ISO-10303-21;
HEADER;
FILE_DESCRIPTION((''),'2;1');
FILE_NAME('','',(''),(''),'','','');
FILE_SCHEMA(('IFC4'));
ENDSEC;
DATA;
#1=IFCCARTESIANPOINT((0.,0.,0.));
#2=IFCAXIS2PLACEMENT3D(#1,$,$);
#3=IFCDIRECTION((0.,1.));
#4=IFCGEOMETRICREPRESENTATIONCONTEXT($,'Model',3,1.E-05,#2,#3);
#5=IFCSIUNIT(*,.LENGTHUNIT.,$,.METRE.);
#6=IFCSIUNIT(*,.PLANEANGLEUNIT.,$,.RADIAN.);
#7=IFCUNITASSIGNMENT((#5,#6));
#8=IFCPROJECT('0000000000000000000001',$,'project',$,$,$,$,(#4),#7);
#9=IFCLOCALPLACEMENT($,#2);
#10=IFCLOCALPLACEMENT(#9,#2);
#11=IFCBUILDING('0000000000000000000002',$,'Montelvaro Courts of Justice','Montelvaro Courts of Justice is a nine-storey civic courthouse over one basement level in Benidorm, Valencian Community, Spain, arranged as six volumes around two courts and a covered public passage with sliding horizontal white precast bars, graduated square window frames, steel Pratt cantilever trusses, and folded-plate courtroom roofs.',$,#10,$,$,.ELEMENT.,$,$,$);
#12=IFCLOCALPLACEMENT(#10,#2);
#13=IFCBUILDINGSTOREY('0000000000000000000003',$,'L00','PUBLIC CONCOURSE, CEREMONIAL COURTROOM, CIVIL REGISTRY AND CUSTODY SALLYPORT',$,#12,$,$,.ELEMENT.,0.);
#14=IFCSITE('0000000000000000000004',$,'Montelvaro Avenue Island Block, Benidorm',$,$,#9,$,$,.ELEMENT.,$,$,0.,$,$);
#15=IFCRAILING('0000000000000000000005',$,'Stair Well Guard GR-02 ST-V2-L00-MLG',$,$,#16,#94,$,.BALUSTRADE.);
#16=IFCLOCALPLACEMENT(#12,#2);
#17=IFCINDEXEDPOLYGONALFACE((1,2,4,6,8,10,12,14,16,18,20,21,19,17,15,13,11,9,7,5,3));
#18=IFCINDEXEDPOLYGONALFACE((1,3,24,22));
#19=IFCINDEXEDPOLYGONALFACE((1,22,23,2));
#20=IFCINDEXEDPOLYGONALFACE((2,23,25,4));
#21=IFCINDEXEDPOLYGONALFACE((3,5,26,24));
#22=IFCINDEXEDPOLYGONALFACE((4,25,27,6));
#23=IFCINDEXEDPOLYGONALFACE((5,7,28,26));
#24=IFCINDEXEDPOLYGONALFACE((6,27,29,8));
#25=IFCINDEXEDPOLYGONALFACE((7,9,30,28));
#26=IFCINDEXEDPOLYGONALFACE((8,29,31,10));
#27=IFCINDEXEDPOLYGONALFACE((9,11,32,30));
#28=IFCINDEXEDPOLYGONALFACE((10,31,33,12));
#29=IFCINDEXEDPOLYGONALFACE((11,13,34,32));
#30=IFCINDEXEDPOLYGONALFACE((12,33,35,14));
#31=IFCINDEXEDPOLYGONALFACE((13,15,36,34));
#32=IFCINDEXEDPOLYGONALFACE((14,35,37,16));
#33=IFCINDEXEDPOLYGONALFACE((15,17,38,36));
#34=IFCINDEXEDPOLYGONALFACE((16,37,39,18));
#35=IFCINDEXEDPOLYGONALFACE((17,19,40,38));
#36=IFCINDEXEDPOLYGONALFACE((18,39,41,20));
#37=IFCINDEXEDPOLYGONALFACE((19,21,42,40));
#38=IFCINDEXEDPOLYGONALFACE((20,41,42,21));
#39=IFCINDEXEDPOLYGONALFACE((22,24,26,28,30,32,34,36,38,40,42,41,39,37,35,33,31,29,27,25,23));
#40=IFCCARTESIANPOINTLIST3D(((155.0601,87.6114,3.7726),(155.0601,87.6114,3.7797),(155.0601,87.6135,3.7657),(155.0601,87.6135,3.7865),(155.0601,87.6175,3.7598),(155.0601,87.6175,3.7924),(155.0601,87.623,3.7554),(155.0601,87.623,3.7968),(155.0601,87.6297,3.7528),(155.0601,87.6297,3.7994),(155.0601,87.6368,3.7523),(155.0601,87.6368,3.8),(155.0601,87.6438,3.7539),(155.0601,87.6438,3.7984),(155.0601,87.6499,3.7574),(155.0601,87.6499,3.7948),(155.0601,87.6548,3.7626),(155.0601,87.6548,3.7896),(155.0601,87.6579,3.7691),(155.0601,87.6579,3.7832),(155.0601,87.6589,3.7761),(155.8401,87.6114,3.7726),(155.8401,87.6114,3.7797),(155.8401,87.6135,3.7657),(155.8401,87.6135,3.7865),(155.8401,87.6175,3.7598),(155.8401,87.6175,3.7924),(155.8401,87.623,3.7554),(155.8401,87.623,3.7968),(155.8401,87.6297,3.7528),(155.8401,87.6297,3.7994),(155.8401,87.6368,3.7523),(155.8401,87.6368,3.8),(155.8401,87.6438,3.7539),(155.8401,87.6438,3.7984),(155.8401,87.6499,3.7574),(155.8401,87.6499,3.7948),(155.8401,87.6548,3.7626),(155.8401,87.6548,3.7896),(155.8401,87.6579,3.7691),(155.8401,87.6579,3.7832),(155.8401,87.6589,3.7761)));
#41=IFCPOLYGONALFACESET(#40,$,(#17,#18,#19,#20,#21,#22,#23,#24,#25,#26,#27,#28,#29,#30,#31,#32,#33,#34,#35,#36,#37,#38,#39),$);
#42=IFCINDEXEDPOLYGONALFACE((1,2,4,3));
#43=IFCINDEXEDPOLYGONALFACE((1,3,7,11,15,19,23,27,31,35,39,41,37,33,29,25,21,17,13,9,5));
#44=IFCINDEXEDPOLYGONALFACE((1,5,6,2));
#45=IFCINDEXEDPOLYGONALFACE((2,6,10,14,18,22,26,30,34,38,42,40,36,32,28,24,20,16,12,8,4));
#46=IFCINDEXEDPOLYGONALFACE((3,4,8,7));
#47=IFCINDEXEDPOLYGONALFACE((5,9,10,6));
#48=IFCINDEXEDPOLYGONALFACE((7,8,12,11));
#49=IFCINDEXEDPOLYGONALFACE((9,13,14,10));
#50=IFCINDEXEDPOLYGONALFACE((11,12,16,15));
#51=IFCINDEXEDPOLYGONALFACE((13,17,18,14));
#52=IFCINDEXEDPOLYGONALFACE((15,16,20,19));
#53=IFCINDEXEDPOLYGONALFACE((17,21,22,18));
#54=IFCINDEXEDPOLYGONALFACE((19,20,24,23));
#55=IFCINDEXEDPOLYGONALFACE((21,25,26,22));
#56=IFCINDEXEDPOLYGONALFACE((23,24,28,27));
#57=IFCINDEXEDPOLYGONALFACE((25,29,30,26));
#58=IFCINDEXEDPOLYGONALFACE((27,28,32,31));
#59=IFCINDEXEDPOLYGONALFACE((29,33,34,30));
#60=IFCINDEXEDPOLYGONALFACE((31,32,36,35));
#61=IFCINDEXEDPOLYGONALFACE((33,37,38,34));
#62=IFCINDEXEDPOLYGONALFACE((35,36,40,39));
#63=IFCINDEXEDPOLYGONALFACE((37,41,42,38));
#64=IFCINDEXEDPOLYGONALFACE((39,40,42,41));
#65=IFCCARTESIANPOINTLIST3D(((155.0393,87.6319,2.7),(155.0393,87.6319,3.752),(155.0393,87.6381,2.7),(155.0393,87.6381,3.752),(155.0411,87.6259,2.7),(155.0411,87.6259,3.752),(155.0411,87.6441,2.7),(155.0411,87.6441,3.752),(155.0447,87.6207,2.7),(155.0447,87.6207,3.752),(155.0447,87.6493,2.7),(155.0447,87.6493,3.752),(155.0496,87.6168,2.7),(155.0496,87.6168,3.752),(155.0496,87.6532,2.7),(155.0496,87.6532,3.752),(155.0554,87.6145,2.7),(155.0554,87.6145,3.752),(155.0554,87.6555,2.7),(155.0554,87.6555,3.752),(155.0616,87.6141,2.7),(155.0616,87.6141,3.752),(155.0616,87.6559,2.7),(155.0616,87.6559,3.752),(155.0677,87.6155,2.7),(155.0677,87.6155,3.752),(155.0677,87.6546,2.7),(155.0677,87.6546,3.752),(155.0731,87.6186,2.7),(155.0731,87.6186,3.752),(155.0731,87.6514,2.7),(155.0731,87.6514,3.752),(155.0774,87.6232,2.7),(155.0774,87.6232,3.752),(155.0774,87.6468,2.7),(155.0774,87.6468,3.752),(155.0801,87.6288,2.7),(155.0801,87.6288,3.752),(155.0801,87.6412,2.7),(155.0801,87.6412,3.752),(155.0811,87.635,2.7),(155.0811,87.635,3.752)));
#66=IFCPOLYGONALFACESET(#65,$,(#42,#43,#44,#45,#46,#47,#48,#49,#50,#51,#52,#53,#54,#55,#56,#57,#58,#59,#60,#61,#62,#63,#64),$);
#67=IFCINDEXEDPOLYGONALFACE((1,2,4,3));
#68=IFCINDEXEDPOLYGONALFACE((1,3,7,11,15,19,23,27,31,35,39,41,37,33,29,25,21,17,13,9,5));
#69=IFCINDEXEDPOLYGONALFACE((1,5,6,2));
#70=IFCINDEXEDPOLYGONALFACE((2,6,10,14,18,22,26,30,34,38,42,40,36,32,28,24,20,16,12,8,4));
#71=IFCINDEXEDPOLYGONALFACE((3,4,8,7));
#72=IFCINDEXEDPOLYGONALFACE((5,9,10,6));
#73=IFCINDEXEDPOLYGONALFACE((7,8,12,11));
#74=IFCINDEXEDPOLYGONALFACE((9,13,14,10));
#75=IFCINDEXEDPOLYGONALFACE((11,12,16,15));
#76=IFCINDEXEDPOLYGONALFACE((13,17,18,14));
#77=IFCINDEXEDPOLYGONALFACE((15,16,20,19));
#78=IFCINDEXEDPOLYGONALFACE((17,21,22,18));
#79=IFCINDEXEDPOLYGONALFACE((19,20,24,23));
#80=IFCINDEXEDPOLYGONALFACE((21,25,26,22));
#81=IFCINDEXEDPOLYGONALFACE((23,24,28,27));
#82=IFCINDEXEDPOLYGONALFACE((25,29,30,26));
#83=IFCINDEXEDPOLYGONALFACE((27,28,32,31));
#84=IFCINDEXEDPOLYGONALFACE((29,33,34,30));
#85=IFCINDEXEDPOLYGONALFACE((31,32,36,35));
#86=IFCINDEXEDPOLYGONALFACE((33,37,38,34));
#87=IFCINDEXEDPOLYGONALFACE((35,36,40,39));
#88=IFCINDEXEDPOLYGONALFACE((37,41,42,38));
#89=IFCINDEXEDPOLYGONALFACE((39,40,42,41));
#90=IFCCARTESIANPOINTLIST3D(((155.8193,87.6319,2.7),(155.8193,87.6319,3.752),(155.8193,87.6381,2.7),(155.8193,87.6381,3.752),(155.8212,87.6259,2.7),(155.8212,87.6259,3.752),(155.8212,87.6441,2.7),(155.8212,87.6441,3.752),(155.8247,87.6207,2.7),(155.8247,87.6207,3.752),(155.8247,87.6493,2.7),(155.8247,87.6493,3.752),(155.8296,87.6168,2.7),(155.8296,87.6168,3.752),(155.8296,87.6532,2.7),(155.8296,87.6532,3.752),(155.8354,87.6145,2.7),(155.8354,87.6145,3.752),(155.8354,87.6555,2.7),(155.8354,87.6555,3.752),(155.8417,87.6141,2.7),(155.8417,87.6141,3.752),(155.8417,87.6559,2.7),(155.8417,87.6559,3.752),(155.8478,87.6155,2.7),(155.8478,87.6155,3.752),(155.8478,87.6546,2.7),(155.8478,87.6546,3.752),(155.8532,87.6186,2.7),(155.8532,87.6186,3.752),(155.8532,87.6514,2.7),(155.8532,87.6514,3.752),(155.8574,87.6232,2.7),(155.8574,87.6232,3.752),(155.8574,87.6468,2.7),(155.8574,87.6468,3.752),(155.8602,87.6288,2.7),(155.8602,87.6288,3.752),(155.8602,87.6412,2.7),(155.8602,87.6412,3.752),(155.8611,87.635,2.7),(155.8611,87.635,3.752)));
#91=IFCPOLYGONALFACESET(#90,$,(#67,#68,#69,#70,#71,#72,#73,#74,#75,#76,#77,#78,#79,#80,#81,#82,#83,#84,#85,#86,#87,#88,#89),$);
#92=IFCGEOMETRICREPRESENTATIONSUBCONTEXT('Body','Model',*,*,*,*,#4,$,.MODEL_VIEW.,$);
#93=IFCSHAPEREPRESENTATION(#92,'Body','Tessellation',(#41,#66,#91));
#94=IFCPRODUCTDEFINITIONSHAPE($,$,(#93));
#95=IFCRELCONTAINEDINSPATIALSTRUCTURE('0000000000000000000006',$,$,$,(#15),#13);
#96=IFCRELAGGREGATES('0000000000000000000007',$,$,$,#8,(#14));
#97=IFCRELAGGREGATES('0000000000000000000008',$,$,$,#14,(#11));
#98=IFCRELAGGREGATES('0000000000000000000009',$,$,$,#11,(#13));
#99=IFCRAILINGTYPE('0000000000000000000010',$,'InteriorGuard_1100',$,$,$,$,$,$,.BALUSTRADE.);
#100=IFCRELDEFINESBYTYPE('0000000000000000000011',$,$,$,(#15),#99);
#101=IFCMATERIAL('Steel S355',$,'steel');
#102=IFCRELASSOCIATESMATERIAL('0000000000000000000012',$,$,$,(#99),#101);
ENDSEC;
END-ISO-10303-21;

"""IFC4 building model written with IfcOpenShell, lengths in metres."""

from ifc_helpers import new_model, si_unit, direction, frame, origin, origin_2d, place, context, subcontext, project, spatial, circle, extrude, material, type_object, element, save


model = new_model("IFC4")

# Units and contexts
model_context = context("Model", 3, precision=1e-05, world=origin(), true_north=direction((0.0, 1.0)))
body_context = subcontext(model_context, "Body", "Model", "MODEL_VIEW")
ifc_project = project(units=[si_unit("LENGTHUNIT", "METRE"), si_unit("PLANEANGLEUNIT", "RADIAN")], contexts=[model_context])

# Site, building, storey
site_placement = place(None, origin())
site = spatial("IfcSite", under=ifc_project, at=site_placement, Name="Montelvaro Avenue Island Block, Benidorm", CompositionType="ELEMENT", RefElevation=0.0)
building_placement = place(site_placement, origin())
building = spatial("IfcBuilding", under=site, at=building_placement, Name="Montelvaro Courts of Justice", Description="Montelvaro Courts of Justice is a nine-storey civic courthouse over one basement level in Benidorm, Valencian Community, Spain, arranged as six volumes around two courts and a covered public passage with sliding horizontal white precast bars, graduated square window frames, steel Pratt cantilever trusses, and folded-plate courtroom roofs.", CompositionType="ELEMENT")
storey_placement = place(building_placement, origin())
storey = spatial("IfcBuildingStorey", under=building, at=storey_placement, Name="L00", Description="PUBLIC CONCOURSE, CEREMONIAL COURTROOM, CIVIL REGISTRY AND CUSTODY SALLYPORT", CompositionType="ELEMENT", Elevation=0.0)

# Shared definitions
ifc_material_1 = material(Name="Steel S355", Category="steel")

# Railing
railing_type_1 = type_object("IfcRailingType", Name="InteriorGuard_1100", PredefinedType="BALUSTRADE", material=ifc_material_1)
railing_1_placement = place(storey_placement, frame((155.0601, 87.635, 2.7)))
element("IfcRailing", 1, at=railing_1_placement, inside=storey, type_object=railing_type_1, Name="Stair Well Guard GR-02 ST-V2-L00-MLG", PredefinedType="BALUSTRADE", context=body_context, shape_type="SweptSolid", body=[
    extrude(circle(Radius=0.0239, at=origin_2d()), frame((0.0, 0.0, 1.0762), z_axis=(1.0, 0.0, 0.0), x_axis=(0.0, 1.0, 0.0)), (0.0, 0.0, 1.0), 0.78),
    extrude(circle(Radius=0.021, at=origin_2d()), origin(), (0.0, 0.0, 1.0), 1.052),
    extrude(circle(Radius=0.021, at=origin_2d()), frame((0.78, 0.0, 0.0)), (0.0, 0.0, 1.0), 1.052),
])

save(model, "model.ifc")
